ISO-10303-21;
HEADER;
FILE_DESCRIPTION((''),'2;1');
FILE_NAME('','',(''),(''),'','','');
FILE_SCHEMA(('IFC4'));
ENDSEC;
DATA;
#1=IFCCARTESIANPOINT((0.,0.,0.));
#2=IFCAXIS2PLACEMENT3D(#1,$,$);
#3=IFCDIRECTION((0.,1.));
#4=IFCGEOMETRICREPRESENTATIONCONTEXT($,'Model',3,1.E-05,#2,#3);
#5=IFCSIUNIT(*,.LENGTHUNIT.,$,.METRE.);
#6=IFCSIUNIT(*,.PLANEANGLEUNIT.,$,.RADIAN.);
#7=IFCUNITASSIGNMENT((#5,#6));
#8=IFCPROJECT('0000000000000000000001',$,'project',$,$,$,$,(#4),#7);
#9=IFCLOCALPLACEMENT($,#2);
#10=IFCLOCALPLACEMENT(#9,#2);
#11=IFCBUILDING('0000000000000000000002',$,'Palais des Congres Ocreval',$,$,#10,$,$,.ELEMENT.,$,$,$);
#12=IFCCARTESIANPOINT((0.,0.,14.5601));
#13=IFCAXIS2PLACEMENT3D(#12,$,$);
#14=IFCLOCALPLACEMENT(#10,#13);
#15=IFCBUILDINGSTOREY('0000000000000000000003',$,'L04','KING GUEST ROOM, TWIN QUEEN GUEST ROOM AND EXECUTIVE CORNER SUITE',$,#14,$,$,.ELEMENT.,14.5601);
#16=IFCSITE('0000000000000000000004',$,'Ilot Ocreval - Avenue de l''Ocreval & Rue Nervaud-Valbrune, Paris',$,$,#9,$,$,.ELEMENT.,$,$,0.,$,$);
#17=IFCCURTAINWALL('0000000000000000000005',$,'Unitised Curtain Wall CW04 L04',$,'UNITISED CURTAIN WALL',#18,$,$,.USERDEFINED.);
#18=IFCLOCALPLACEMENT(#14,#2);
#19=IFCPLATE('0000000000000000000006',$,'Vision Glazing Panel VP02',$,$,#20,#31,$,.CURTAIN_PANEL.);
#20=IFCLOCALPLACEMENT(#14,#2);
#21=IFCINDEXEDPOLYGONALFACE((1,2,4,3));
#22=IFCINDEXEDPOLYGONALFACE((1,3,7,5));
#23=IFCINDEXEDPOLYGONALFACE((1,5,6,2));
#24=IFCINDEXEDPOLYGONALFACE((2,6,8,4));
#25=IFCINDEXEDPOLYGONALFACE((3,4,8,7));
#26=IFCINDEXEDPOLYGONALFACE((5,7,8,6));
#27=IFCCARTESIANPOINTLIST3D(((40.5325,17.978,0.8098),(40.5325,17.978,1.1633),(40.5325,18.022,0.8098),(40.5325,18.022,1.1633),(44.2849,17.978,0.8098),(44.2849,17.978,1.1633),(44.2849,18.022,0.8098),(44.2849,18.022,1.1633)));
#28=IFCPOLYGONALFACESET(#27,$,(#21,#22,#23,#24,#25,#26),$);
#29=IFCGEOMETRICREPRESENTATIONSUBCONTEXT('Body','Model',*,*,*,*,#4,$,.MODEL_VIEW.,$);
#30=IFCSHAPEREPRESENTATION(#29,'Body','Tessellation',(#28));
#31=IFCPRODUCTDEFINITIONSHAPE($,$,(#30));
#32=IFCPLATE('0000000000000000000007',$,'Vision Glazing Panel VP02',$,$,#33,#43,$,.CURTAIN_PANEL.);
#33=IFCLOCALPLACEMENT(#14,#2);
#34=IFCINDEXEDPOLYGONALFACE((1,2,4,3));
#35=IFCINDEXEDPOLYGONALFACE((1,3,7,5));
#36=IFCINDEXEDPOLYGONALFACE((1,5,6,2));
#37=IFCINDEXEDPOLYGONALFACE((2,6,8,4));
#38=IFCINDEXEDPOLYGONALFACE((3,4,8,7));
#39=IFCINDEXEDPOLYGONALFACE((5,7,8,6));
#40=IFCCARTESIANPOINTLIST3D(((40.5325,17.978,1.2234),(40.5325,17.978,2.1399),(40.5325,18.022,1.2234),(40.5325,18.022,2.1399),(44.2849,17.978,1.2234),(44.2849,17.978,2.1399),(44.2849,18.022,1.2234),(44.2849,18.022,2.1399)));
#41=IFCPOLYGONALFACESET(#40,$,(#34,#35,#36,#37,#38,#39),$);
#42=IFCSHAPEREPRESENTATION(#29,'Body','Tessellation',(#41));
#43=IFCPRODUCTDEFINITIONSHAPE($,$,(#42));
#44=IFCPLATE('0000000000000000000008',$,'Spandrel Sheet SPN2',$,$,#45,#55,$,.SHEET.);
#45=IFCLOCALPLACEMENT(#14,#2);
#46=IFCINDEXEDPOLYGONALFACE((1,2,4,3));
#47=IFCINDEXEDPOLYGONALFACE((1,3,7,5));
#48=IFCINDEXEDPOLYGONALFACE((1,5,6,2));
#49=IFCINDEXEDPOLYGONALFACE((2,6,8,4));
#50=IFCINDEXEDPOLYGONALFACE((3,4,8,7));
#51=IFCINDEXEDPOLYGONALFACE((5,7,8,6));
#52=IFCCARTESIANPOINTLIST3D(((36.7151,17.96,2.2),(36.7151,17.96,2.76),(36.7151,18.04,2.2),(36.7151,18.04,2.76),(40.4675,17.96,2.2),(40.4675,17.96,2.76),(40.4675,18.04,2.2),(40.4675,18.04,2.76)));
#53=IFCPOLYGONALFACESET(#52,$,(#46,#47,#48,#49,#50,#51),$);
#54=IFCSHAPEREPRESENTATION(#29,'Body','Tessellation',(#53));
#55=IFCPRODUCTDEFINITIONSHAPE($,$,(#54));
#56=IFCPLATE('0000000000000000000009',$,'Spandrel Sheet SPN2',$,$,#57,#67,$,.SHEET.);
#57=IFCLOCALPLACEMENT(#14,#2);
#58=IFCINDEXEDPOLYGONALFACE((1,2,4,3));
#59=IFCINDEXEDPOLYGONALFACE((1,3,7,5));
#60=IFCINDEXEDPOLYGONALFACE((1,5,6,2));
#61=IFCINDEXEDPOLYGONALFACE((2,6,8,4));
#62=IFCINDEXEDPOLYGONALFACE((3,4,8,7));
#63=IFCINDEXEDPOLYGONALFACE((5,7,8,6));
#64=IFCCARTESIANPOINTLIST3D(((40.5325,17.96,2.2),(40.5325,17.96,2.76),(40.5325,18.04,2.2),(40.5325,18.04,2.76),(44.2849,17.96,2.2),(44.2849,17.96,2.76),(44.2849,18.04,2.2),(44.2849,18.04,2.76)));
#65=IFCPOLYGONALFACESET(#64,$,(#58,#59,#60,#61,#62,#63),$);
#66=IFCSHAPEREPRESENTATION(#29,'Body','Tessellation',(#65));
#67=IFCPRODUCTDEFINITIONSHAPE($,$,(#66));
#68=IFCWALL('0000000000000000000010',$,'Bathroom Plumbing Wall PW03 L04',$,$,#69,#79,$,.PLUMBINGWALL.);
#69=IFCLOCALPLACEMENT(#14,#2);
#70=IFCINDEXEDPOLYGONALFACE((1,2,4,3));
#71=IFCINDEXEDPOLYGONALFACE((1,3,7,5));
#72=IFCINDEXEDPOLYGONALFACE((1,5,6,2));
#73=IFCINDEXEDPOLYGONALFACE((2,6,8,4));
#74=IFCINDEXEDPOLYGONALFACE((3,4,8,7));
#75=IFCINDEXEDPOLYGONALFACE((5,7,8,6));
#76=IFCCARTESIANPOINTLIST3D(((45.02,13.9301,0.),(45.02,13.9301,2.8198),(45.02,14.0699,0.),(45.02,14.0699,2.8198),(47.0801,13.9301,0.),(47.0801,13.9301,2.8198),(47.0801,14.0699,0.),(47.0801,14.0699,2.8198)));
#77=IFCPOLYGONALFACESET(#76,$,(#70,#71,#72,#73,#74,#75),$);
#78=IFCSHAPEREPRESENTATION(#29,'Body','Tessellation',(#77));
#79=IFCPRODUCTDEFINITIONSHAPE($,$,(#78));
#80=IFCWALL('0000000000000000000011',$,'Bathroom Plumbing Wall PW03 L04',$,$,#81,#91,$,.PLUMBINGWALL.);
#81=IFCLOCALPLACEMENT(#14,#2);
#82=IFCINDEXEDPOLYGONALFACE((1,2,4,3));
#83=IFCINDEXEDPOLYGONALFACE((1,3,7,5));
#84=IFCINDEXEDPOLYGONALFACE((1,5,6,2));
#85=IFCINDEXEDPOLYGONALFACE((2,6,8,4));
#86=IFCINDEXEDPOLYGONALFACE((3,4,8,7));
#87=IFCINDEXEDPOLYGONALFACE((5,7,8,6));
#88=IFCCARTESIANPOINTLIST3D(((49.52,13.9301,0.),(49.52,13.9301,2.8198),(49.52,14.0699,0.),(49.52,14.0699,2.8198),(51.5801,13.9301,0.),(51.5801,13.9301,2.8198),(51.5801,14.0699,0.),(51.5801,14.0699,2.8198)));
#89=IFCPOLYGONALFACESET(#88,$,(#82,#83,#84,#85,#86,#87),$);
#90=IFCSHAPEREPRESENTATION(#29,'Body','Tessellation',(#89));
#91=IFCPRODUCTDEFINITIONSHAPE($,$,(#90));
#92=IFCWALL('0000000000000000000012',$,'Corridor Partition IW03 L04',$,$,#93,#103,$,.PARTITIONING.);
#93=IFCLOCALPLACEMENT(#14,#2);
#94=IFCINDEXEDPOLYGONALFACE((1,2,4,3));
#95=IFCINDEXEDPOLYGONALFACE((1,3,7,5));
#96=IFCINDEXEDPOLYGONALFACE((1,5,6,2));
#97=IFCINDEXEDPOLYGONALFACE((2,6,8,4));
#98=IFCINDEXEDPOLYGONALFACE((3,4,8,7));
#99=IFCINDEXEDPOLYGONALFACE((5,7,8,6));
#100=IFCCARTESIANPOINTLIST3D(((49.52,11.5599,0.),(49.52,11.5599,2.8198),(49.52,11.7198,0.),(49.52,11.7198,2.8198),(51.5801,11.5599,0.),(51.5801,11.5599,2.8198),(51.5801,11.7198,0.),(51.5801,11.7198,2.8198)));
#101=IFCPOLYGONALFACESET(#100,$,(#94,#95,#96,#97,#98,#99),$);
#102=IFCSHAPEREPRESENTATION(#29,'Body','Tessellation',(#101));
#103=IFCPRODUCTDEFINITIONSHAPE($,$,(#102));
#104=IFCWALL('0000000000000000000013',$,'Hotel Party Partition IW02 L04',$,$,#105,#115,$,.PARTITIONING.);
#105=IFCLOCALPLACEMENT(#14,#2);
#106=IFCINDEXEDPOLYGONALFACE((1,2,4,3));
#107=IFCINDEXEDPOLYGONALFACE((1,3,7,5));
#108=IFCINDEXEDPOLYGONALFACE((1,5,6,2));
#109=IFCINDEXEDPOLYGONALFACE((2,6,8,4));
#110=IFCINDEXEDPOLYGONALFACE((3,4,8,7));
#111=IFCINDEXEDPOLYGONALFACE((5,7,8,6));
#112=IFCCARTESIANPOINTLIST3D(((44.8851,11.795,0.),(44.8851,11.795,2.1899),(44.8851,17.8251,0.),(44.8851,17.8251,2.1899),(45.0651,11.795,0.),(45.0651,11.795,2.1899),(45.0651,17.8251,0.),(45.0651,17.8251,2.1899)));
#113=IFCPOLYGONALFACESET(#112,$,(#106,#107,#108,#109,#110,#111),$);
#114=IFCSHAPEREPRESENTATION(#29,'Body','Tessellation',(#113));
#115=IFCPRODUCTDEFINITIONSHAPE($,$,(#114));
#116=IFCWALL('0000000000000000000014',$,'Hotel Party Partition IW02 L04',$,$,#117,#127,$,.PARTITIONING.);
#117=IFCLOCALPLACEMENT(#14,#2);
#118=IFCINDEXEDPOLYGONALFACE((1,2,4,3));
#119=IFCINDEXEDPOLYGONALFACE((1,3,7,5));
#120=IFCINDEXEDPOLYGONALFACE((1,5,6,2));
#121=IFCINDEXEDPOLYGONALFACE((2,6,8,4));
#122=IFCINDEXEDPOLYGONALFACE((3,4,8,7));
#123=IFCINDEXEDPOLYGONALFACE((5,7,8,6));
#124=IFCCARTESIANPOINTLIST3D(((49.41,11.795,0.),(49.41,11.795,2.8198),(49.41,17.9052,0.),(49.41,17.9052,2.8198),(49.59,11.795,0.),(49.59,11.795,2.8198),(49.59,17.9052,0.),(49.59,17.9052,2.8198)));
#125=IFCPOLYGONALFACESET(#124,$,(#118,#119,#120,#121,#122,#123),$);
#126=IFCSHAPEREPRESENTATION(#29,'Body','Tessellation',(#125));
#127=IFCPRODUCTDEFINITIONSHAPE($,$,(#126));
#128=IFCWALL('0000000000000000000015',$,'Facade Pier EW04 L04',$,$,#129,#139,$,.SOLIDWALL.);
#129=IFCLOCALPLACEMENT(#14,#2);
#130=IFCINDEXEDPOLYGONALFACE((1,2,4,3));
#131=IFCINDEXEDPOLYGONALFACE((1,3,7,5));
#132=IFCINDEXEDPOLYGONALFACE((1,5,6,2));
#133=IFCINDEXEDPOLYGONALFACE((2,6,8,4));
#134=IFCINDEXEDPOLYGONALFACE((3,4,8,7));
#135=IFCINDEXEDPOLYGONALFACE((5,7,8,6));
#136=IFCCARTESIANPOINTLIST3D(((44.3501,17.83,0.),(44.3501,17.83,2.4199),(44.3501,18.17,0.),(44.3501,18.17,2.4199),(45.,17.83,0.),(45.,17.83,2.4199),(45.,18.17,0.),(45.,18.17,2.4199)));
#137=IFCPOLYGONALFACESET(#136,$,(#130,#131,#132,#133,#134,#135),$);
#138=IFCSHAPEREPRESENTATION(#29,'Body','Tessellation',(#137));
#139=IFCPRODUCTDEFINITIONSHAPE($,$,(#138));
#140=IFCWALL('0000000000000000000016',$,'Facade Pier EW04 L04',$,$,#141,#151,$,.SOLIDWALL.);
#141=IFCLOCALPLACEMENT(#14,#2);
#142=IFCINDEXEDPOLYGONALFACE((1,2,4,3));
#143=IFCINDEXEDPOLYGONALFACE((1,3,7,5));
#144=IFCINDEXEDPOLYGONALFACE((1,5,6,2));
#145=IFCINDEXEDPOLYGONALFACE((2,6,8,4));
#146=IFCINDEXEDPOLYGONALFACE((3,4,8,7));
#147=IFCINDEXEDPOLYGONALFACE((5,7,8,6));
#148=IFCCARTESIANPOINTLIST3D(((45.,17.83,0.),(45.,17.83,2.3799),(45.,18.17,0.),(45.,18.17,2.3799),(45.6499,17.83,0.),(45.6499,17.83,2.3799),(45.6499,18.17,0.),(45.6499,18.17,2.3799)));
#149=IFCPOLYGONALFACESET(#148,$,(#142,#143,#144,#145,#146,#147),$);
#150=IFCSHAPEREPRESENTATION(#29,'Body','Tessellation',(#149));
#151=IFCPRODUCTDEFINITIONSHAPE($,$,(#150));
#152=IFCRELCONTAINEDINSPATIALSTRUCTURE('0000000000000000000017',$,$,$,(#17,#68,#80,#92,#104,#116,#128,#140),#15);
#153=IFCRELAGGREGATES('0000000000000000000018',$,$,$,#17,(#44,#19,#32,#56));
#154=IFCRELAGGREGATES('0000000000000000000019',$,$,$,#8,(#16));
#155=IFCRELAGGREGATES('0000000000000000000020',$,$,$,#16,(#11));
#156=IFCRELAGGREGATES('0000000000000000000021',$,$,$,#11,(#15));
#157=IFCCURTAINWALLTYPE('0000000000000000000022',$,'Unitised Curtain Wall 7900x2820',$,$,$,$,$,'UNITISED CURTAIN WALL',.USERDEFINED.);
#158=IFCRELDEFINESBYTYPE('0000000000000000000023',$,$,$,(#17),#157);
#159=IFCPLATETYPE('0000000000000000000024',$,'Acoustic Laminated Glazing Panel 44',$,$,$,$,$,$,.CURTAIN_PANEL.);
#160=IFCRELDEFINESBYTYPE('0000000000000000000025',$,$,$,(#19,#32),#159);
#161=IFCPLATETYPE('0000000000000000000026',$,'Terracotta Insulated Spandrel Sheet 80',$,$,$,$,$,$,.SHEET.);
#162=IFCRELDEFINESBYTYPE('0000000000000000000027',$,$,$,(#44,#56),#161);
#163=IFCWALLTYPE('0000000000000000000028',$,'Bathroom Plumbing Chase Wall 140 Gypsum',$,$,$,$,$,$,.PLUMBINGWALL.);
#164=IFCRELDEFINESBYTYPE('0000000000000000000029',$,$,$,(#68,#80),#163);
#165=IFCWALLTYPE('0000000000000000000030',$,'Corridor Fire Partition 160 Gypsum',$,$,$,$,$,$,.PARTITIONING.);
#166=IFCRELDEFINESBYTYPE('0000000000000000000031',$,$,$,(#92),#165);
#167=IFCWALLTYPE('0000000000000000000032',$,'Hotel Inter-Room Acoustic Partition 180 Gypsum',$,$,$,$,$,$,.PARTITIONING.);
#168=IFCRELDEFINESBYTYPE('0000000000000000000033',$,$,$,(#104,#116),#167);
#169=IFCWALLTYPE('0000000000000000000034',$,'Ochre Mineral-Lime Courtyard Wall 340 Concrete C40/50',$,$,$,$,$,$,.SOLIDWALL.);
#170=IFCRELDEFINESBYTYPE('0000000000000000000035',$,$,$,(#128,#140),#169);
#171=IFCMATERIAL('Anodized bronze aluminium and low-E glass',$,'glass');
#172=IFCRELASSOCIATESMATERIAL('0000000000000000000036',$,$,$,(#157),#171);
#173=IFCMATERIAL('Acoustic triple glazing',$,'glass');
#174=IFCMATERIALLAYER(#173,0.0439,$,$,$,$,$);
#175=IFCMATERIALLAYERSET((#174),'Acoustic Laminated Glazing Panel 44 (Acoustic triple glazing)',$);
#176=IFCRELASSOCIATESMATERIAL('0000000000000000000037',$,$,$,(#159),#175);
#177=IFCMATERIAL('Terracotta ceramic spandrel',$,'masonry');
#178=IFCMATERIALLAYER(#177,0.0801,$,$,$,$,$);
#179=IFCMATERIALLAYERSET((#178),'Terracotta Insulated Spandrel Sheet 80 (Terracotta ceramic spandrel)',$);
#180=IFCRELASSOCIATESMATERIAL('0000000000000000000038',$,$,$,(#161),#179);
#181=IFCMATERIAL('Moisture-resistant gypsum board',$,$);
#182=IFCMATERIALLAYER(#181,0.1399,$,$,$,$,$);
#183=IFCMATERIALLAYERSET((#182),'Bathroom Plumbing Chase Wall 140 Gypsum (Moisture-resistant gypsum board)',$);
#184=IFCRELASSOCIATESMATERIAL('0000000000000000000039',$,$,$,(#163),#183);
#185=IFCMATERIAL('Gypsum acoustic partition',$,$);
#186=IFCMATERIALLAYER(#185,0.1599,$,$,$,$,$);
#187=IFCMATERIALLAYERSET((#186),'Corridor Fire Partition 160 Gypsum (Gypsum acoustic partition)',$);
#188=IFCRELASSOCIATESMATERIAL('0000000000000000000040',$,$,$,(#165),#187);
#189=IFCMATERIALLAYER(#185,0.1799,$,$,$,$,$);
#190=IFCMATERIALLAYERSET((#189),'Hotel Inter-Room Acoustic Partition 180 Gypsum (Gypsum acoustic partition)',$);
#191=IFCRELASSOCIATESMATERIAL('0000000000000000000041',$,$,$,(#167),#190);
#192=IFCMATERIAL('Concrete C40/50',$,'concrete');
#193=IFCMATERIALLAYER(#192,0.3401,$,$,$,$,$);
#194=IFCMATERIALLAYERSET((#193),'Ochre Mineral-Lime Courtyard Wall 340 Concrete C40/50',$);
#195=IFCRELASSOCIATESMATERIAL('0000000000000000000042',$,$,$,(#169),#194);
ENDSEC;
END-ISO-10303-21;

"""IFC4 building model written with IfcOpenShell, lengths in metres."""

from ifc_helpers import new_model, si_unit, direction, frame, frame_2d, origin, origin_2d, place, context, subcontext, project, spatial, rectangle, extrude, material, layer, layer_set, type_object, element, aggregate, save


model = new_model("IFC4")

# Units and contexts
model_context = context("Model", 3, precision=1e-05, world=origin(), true_north=direction((0.0, 1.0)))
body_context = subcontext(model_context, "Body", "Model", "MODEL_VIEW")
ifc_project = project(units=[si_unit("LENGTHUNIT", "METRE"), si_unit("PLANEANGLEUNIT", "RADIAN")], contexts=[model_context])

# Site, building, storey
site_placement = place(None, origin())
site = spatial("IfcSite", under=ifc_project, at=site_placement, Name="Ilot Ocreval - Avenue de l'Ocreval & Rue Nervaud-Valbrune, Paris", CompositionType="ELEMENT", RefElevation=0.0)
building_placement = place(site_placement, origin())
building = spatial("IfcBuilding", under=site, at=building_placement, Name="Palais des Congres Ocreval", CompositionType="ELEMENT")
storey_placement = place(building_placement, frame((0.0, 0.0, 14.5601)))
storey = spatial("IfcBuildingStorey", under=building, at=storey_placement, Name="L04", Description="KING GUEST ROOM, TWIN QUEEN GUEST ROOM AND EXECUTIVE CORNER SUITE", CompositionType="ELEMENT", Elevation=14.5601)

# Shared definitions
ifc_material_1 = material(Name="Concrete C40/50", Category="concrete")

# Curtain wall, plates
ifc_material_2 = material(Name="Anodized bronze aluminium and low-E glass", Category="glass")
curtain_wall_type = type_object("IfcCurtainWallType", Name="Unitised Curtain Wall 7900x2820", ElementType="UNITISED CURTAIN WALL", PredefinedType="USERDEFINED", material=ifc_material_2)
curtain_wall_placement = place(storey_placement, origin())
curtain_wall = element("IfcCurtainWall", 1, at=curtain_wall_placement, inside=storey, type_object=curtain_wall_type, Name="Unitised Curtain Wall CW04 L04", ObjectType="UNITISED CURTAIN WALL", PredefinedType="USERDEFINED")
ifc_material_3 = material(Name="Acoustic triple glazing", Category="glass")
ifc_layer_1 = layer(ifc_material_3, 0.0439)
ifc_layer_set_1 = layer_set([ifc_layer_1], Name="Acoustic Laminated Glazing Panel 44 (Acoustic triple glazing)")
plate_type_1 = type_object("IfcPlateType", Name="Acoustic Laminated Glazing Panel 44", PredefinedType="CURTAIN_PANEL", material=ifc_layer_set_1)
plate_1_placement = place(storey_placement, frame((42.4087, 18.0, 0.8098), z_axis=(0.0, 0.0, 1.0), x_axis=(1.0, 0.0, 0.0)))
plate_1 = element("IfcPlate", 2, at=plate_1_placement, type_object=plate_type_1, Name="Vision Glazing Panel VP02", PredefinedType="CURTAIN_PANEL", context=body_context, shape_type="SweptSolid", body=[
    extrude(rectangle(XDim=3.7524, YDim=0.0439, at=origin_2d()), origin(), (0.0, 0.0, 1.0), 0.3535),
])
plate_2_placement = place(storey_placement, frame((42.4087, 18.0, 1.2234), z_axis=(0.0, 0.0, 1.0), x_axis=(1.0, 0.0, 0.0)))
plate_2 = element("IfcPlate", 3, at=plate_2_placement, type_object=plate_type_1, Name="Vision Glazing Panel VP02", PredefinedType="CURTAIN_PANEL", context=body_context, shape_type="SweptSolid", body=[
    extrude(rectangle(XDim=3.7524, YDim=0.0439, at=origin_2d()), origin(), (0.0, 0.0, 1.0), 0.9165),
])
ifc_material_4 = material(Name="Terracotta ceramic spandrel", Category="masonry")
ifc_layer_2 = layer(ifc_material_4, 0.0801)
ifc_layer_set_2 = layer_set([ifc_layer_2], Name="Terracotta Insulated Spandrel Sheet 80 (Terracotta ceramic spandrel)")
plate_type_2 = type_object("IfcPlateType", Name="Terracotta Insulated Spandrel Sheet 80", PredefinedType="SHEET", material=ifc_layer_set_2)
plate_3_placement = place(storey_placement, frame((38.5913, 18.0, 2.2), z_axis=(0.0, 0.0, 1.0), x_axis=(1.0, 0.0, 0.0)))
plate_3 = element("IfcPlate", 4, at=plate_3_placement, type_object=plate_type_2, Name="Spandrel Sheet SPN2", PredefinedType="SHEET", context=body_context, shape_type="SweptSolid", body=[
    extrude(rectangle(XDim=3.7524, YDim=0.0801, at=origin_2d()), origin(), (0.0, 0.0, 1.0), 0.5601),
])
plate_4_placement = place(storey_placement, frame((42.4087, 18.0, 2.2), z_axis=(0.0, 0.0, 1.0), x_axis=(1.0, 0.0, 0.0)))
plate_4 = element("IfcPlate", 5, at=plate_4_placement, type_object=plate_type_2, Name="Spandrel Sheet SPN2", PredefinedType="SHEET", context=body_context, shape_type="SweptSolid", body=[
    extrude(rectangle(XDim=3.7524, YDim=0.0801, at=origin_2d()), origin(), (0.0, 0.0, 1.0), 0.5601),
])
aggregate(curtain_wall, [plate_3, plate_1, plate_2, plate_4])

# Walls
ifc_material_5 = material(Name="Moisture-resistant gypsum board")
ifc_layer_3 = layer(ifc_material_5, 0.1399)
ifc_layer_set_3 = layer_set([ifc_layer_3], Name="Bathroom Plumbing Chase Wall 140 Gypsum (Moisture-resistant gypsum board)")
wall_type_1 = type_object("IfcWallType", Name="Bathroom Plumbing Chase Wall 140 Gypsum", PredefinedType="PLUMBINGWALL", material=ifc_layer_set_3)
for number, where, z_axis, x_axis, name in (
    (6, (45.02, 14.0, 0.0), (0.0, 0.0, 1.0), (1.0, 0.0, 0.0), "Bathroom Plumbing Wall PW03 L04"),
    (7, (49.52, 14.0, 0.0), (0.0, 0.0, 1.0), (1.0, 0.0, 0.0), "Bathroom Plumbing Wall PW03 L04"),
):
    element("IfcWall", number, at=place(storey_placement, frame(where, z_axis=z_axis, x_axis=x_axis)), inside=storey, type_object=wall_type_1, Name=name, PredefinedType="PLUMBINGWALL", context=body_context, shape_type="SweptSolid", body=[
        extrude(rectangle(XDim=2.0601, YDim=0.1399, at=frame_2d((1.03, 0.0))), origin(), (0.0, 0.0, 1.0), 2.8198),
    ])
ifc_material_6 = material(Name="Gypsum acoustic partition")
ifc_layer_4 = layer(ifc_material_6, 0.1599)
ifc_layer_set_4 = layer_set([ifc_layer_4], Name="Corridor Fire Partition 160 Gypsum (Gypsum acoustic partition)")
wall_type_2 = type_object("IfcWallType", Name="Corridor Fire Partition 160 Gypsum", PredefinedType="PARTITIONING", material=ifc_layer_set_4)
wall_1_placement = place(storey_placement, frame((49.52, 11.6399, 0.0), z_axis=(0.0, 0.0, 1.0), x_axis=(1.0, 0.0, 0.0)))
element("IfcWall", 8, at=wall_1_placement, inside=storey, type_object=wall_type_2, Name="Corridor Partition IW03 L04", PredefinedType="PARTITIONING", context=body_context, shape_type="SweptSolid", body=[
    extrude(rectangle(XDim=2.0601, YDim=0.1599, at=frame_2d((1.03, 0.0))), origin(), (0.0, 0.0, 1.0), 2.8198),
])
ifc_layer_5 = layer(ifc_material_6, 0.1799)
ifc_layer_set_5 = layer_set([ifc_layer_5], Name="Hotel Inter-Room Acoustic Partition 180 Gypsum (Gypsum acoustic partition)")
wall_type_3 = type_object("IfcWallType", Name="Hotel Inter-Room Acoustic Partition 180 Gypsum", PredefinedType="PARTITIONING", material=ifc_layer_set_5)
wall_2_placement = place(storey_placement, frame((44.9751, 11.7949, 0.0), z_axis=(0.0, 0.0, 1.0), x_axis=(0.0, 1.0, 0.0)))
element("IfcWall", 9, at=wall_2_placement, inside=storey, type_object=wall_type_3, Name="Hotel Party Partition IW02 L04", PredefinedType="PARTITIONING", context=body_context, shape_type="SweptSolid", body=[
    extrude(rectangle(XDim=6.03, YDim=0.1799, at=frame_2d((3.0151, 0.0))), origin(), (0.0, 0.0, 1.0), 2.1899),
])
wall_3_placement = place(storey_placement, frame((49.5, 11.7949, 0.0), z_axis=(0.0, 0.0, 1.0), x_axis=(0.0, 1.0, 0.0)))
element("IfcWall", 10, at=wall_3_placement, inside=storey, type_object=wall_type_3, Name="Hotel Party Partition IW02 L04", PredefinedType="PARTITIONING", context=body_context, shape_type="SweptSolid", body=[
    extrude(rectangle(XDim=6.1101, YDim=0.1799, at=frame_2d((3.0552, 0.0))), origin(), (0.0, 0.0, 1.0), 2.8198),
])
ifc_layer_6 = layer(ifc_material_1, 0.3401)
ifc_layer_set_6 = layer_set([ifc_layer_6], Name="Ochre Mineral-Lime Courtyard Wall 340 Concrete C40/50")
wall_type_4 = type_object("IfcWallType", Name="Ochre Mineral-Lime Courtyard Wall 340 Concrete C40/50", PredefinedType="SOLIDWALL", material=ifc_layer_set_6)
wall_4_placement = place(storey_placement, frame((44.3501, 18.0, 0.0), z_axis=(0.0, 0.0, 1.0), x_axis=(1.0, 0.0, 0.0)))
element("IfcWall", 11, at=wall_4_placement, inside=storey, type_object=wall_type_4, Name="Facade Pier EW04 L04", PredefinedType="SOLIDWALL", context=body_context, shape_type="SweptSolid", body=[
    extrude(rectangle(XDim=0.6499, YDim=0.3401, at=frame_2d((0.325, 0.0))), origin(), (0.0, 0.0, 1.0), 2.4199),
])
wall_5_placement = place(storey_placement, frame((45.0, 18.0, 0.0), z_axis=(0.0, 0.0, 1.0), x_axis=(1.0, 0.0, 0.0)))
element("IfcWall", 12, at=wall_5_placement, inside=storey, type_object=wall_type_4, Name="Facade Pier EW04 L04", PredefinedType="SOLIDWALL", context=body_context, shape_type="SweptSolid", body=[
    extrude(rectangle(XDim=0.6499, YDim=0.3401, at=frame_2d((0.325, 0.0))), origin(), (0.0, 0.0, 1.0), 2.3799),
])

save(model, "model.ifc")
